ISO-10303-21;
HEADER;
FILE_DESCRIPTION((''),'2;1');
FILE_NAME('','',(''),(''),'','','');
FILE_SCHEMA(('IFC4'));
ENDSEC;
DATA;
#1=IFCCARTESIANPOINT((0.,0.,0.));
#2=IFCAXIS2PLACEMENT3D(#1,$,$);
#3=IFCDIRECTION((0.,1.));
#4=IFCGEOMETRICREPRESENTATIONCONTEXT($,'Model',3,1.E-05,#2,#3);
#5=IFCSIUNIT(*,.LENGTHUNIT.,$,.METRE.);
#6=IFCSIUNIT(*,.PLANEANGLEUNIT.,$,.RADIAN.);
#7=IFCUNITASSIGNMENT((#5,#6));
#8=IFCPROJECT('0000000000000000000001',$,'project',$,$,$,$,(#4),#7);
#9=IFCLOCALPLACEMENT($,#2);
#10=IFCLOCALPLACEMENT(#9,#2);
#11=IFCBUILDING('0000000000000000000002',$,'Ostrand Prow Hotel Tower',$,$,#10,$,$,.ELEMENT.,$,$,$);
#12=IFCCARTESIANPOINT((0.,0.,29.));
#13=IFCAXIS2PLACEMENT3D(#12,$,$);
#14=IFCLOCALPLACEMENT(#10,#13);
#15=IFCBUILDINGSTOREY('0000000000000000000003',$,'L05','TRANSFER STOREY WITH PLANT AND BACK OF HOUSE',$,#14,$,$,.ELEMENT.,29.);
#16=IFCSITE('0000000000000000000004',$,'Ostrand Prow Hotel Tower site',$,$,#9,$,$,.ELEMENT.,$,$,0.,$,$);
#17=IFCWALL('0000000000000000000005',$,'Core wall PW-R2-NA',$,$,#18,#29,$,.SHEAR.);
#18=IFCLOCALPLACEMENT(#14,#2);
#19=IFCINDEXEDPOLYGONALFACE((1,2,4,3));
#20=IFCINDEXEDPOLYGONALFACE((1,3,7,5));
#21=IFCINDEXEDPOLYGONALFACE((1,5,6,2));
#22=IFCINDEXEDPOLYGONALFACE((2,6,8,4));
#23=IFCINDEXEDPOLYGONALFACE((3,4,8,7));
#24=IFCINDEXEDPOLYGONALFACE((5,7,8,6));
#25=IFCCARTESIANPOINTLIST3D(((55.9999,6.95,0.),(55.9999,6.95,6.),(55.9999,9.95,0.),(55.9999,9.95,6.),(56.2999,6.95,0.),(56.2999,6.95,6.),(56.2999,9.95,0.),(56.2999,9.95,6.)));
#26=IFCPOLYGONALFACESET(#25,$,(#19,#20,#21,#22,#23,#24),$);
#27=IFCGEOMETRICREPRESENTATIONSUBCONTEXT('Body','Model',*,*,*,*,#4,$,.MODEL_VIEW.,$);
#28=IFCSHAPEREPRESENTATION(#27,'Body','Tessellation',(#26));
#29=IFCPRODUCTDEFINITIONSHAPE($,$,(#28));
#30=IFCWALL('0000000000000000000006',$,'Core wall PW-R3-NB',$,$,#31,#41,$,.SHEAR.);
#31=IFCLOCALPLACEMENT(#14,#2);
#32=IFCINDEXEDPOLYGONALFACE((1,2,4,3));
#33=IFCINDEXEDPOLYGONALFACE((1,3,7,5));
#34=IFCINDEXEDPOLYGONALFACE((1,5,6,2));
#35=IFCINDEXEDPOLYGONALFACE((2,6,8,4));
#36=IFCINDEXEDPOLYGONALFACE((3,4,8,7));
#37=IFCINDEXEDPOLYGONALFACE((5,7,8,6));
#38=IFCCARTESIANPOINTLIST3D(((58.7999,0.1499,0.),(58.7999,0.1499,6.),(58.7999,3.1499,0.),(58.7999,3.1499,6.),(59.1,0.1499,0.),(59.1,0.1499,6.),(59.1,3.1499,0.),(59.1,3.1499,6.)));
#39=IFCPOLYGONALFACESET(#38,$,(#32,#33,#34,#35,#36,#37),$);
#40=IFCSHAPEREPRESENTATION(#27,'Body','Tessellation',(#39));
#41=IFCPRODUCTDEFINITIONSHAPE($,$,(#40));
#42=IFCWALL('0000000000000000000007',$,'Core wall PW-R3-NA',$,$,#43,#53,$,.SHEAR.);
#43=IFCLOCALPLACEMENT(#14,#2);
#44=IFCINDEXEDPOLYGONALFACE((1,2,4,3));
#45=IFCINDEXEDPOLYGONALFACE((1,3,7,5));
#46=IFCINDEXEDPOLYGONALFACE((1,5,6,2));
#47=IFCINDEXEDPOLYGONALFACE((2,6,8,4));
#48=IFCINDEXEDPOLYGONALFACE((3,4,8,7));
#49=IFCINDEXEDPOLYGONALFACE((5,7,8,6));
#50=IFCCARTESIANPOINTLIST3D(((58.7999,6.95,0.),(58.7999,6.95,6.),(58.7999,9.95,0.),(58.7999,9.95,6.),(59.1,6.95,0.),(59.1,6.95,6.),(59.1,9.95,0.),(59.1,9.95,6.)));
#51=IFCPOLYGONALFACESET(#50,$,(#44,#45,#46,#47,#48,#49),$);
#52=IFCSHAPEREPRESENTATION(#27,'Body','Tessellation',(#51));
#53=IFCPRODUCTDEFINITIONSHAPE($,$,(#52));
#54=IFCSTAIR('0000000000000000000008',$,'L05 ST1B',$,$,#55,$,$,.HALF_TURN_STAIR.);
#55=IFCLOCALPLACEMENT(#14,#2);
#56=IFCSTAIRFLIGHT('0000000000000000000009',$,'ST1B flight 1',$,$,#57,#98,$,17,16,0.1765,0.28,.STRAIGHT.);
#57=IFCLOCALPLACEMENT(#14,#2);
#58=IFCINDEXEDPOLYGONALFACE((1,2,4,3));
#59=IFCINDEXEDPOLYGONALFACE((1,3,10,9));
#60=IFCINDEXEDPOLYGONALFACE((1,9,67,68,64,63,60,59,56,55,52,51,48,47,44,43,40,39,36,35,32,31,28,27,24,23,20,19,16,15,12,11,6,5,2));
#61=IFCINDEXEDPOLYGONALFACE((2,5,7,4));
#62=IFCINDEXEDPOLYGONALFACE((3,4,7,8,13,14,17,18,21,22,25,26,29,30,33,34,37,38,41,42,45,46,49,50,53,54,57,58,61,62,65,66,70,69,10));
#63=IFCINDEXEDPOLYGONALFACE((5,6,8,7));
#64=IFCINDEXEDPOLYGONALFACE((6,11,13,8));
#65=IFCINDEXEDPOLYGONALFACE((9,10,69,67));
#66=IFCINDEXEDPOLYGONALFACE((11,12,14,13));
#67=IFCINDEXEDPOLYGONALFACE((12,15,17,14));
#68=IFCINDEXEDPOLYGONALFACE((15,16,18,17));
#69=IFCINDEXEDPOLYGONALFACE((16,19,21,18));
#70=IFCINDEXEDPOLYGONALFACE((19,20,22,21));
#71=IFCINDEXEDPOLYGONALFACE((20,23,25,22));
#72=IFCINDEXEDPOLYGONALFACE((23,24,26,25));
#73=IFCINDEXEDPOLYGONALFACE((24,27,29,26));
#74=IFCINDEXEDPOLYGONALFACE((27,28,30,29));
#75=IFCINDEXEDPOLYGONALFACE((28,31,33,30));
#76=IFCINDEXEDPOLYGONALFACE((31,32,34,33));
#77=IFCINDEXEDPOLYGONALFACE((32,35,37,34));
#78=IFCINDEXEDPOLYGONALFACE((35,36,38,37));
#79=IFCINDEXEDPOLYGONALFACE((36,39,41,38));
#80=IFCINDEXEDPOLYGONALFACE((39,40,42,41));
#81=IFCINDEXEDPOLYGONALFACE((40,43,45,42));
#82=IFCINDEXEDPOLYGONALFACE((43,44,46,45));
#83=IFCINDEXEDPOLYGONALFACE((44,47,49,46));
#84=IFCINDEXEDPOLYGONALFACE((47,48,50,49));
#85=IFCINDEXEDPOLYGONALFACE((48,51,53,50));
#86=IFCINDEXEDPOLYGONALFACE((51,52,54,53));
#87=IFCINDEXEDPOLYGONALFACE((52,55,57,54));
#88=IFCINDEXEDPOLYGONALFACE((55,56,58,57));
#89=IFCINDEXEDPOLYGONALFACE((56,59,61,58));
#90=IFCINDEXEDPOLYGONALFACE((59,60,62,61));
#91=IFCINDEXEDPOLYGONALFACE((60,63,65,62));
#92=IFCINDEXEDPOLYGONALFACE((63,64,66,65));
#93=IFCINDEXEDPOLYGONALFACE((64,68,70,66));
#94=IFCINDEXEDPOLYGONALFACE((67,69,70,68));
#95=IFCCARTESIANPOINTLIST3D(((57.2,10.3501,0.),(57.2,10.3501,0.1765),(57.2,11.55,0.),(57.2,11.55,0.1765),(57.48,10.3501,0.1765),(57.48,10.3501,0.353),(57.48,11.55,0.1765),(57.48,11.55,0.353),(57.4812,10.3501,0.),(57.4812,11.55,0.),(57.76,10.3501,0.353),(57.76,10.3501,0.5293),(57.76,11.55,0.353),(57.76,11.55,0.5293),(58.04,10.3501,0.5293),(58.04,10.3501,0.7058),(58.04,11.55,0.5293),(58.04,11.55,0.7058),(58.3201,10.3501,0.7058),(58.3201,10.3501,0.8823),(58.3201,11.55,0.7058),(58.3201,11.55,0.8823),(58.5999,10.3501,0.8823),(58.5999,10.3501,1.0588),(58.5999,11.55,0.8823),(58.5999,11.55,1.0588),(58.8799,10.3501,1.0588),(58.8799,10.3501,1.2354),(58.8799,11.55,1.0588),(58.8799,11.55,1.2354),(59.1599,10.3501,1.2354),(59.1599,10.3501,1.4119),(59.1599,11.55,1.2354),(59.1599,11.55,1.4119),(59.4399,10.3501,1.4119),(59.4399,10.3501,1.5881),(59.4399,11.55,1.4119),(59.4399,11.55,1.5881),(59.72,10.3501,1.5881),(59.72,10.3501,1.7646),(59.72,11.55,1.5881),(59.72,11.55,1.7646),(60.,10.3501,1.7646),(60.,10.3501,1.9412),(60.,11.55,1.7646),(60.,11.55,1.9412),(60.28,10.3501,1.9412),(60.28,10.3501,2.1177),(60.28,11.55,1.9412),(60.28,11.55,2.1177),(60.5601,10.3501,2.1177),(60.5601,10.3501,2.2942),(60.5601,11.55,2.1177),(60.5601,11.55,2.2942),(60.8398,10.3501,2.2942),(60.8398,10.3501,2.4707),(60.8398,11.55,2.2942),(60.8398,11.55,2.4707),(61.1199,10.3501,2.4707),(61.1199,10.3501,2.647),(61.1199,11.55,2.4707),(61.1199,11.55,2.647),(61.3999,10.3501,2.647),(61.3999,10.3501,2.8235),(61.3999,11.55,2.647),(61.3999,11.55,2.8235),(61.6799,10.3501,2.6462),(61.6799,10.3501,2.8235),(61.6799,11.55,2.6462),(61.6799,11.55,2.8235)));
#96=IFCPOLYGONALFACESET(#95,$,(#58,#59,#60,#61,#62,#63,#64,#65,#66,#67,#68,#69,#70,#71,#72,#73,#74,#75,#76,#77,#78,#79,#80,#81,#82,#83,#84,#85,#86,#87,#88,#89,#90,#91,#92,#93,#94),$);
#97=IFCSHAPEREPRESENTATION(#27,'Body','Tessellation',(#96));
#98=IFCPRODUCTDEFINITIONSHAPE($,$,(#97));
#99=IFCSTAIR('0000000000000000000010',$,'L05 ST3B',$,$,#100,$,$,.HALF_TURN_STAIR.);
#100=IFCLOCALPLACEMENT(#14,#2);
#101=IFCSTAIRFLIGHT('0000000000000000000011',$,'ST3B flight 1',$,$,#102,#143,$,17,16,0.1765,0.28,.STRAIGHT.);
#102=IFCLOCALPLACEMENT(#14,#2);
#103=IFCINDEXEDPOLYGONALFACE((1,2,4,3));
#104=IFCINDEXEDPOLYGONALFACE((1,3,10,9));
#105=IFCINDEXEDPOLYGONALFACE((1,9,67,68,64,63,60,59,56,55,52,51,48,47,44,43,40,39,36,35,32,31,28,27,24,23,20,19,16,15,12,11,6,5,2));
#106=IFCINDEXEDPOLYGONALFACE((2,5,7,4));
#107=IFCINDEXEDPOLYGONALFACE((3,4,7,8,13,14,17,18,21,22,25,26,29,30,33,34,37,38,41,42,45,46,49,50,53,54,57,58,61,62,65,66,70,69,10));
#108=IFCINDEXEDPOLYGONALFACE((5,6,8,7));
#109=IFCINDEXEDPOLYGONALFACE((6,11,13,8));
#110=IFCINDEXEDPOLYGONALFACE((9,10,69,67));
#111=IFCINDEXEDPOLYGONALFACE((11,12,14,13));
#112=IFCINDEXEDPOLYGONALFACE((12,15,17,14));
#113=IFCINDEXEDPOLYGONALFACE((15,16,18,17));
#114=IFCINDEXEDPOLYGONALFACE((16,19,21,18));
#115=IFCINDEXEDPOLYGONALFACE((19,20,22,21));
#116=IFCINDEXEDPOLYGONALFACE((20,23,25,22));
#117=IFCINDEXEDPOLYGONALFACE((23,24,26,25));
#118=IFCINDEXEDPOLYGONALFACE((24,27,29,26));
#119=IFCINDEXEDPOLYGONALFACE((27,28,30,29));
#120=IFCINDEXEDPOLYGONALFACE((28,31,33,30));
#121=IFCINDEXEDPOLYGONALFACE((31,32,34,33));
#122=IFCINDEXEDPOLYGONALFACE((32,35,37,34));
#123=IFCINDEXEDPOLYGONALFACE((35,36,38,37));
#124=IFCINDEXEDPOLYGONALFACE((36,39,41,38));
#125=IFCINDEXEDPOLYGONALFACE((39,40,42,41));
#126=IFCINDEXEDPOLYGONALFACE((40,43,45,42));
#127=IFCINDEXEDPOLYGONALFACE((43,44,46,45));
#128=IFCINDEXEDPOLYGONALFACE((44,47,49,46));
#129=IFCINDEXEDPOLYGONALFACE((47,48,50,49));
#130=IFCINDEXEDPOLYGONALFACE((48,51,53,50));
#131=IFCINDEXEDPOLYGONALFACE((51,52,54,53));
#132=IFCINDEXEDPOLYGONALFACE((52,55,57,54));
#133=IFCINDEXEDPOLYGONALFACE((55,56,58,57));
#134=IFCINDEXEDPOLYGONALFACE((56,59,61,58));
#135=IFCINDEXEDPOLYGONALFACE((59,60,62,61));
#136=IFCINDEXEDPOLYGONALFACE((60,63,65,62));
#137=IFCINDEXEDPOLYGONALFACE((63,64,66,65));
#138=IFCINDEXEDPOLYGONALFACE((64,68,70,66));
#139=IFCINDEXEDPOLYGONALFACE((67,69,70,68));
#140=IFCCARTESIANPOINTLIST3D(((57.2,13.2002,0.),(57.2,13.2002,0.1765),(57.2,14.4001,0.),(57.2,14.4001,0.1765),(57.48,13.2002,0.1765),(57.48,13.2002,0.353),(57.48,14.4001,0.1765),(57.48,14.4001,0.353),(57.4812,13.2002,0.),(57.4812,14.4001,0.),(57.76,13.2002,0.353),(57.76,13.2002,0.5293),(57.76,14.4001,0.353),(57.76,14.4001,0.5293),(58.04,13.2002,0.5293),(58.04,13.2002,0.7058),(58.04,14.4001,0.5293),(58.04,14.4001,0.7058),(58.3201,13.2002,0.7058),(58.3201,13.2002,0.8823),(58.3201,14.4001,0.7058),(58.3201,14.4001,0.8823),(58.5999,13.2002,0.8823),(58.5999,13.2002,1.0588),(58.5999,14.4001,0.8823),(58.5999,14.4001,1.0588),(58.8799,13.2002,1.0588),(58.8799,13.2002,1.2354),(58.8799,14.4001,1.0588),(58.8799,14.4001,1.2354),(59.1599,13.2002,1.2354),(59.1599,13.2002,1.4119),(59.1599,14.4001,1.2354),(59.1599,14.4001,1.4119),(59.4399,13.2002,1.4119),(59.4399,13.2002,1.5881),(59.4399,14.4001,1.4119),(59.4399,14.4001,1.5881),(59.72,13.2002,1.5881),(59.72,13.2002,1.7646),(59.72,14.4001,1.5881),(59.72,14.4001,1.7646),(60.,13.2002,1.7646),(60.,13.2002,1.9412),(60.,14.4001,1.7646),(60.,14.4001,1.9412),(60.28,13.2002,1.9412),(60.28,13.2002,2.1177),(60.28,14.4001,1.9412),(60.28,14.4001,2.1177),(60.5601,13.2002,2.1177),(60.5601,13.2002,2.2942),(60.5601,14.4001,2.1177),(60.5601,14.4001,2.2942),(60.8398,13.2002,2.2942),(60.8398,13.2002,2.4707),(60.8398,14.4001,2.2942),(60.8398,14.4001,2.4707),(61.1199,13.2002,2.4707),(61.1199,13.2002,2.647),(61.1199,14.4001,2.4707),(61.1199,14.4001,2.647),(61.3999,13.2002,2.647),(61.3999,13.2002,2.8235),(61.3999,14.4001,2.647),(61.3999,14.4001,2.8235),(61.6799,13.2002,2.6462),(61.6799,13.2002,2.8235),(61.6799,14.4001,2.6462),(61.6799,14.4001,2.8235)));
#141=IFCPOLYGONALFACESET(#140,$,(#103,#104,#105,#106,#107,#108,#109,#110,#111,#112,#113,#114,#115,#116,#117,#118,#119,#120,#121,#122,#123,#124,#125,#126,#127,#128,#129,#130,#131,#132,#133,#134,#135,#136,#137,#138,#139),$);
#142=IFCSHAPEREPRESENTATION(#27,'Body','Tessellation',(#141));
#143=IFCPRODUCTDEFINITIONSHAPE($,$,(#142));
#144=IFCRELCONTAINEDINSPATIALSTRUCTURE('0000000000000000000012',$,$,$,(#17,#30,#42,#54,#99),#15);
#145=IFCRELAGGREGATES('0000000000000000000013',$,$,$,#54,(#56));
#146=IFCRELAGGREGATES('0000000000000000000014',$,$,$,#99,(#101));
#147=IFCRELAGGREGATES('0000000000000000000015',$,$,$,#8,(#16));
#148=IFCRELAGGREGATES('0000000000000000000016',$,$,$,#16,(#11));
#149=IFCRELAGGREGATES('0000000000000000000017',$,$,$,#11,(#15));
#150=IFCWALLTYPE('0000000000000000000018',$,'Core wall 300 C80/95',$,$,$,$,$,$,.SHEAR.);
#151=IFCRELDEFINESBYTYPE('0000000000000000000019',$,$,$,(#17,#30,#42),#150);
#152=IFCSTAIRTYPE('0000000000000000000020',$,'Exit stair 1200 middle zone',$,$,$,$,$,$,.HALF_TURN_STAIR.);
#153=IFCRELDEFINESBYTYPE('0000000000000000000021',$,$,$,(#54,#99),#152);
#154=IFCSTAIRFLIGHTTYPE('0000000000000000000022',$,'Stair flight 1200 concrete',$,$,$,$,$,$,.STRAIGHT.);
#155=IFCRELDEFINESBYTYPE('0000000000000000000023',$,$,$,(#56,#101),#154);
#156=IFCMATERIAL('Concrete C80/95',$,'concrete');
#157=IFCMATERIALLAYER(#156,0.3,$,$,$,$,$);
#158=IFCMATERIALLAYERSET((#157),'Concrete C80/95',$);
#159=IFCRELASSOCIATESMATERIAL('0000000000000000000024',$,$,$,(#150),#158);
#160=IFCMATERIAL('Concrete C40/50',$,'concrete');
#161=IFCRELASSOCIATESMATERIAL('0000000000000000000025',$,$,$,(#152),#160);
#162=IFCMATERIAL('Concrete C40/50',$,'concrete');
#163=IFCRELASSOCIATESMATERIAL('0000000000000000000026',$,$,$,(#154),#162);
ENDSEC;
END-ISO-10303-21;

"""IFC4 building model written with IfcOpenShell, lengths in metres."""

from ifc_helpers import new_model, si_unit, direction, frame, frame_2d, origin, place, context, subcontext, project, spatial, polyline, rectangle, outline, extrude, material, layer, layer_set, type_object, element, aggregate, save


model = new_model("IFC4")

# Units and contexts
model_context = context("Model", 3, precision=1e-05, world=origin(), true_north=direction((0.0, 1.0)))
body_context = subcontext(model_context, "Body", "Model", "MODEL_VIEW")
ifc_project = project(units=[si_unit("LENGTHUNIT", "METRE"), si_unit("PLANEANGLEUNIT", "RADIAN")], contexts=[model_context])

# Site, building, storey
site_placement = place(None, origin())
site = spatial("IfcSite", under=ifc_project, at=site_placement, Name="Ostrand Prow Hotel Tower site", CompositionType="ELEMENT", RefElevation=0.0)
building_placement = place(site_placement, origin())
building = spatial("IfcBuilding", under=site, at=building_placement, Name="Ostrand Prow Hotel Tower", CompositionType="ELEMENT")
storey_placement = place(building_placement, frame((0.0, 0.0, 29.0)))
storey = spatial("IfcBuildingStorey", under=building, at=storey_placement, Name="L05", Description="TRANSFER STOREY WITH PLANT AND BACK OF HOUSE", CompositionType="ELEMENT", Elevation=29.0)

# Walls
ifc_material_1 = material(Name="Concrete C80/95", Category="concrete")
ifc_layer = layer(ifc_material_1, 0.3)
ifc_layer_set = layer_set([ifc_layer], Name="Concrete C80/95")
wall_type = type_object("IfcWallType", Name="Core wall 300 C80/95", PredefinedType="SHEAR", material=ifc_layer_set)
for number, where, z_axis, x_axis, name in (
    (1, (56.1499, 6.95, 0.0), (0.0, 0.0, 1.0), (0.0, 1.0, 0.0), "Core wall PW-R2-NA"),
    (2, (58.95, 0.1499, 0.0), (0.0, 0.0, 1.0), (0.0, 1.0, 0.0), "Core wall PW-R3-NB"),
    (3, (58.95, 6.95, 0.0), (0.0, 0.0, 1.0), (0.0, 1.0, 0.0), "Core wall PW-R3-NA"),
):
    element("IfcWall", number, at=place(storey_placement, frame(where, z_axis=z_axis, x_axis=x_axis)), inside=storey, type_object=wall_type, Name=name, PredefinedType="SHEAR", context=body_context, shape_type="SweptSolid", body=[
        extrude(rectangle(XDim=3.0, YDim=0.3, at=frame_2d((1.5, 0.0))), origin(), (0.0, 0.0, 1.0), 6.0),
    ])

# Stairs, stair flights
ifc_material_2 = material(Name="Concrete C40/50", Category="concrete")
stair_type = type_object("IfcStairType", Name="Exit stair 1200 middle zone", PredefinedType="HALF_TURN_STAIR", material=ifc_material_2)
stair_1_placement = place(storey_placement, origin())
stair_1 = element("IfcStair", 4, at=stair_1_placement, inside=storey, type_object=stair_type, Name="L05 ST1B", PredefinedType="HALF_TURN_STAIR")
ifc_material_3 = material(Name="Concrete C40/50", Category="concrete")
stair_flight_type = type_object("IfcStairFlightType", Name="Stair flight 1200 concrete", PredefinedType="STRAIGHT", material=ifc_material_3)
stair_flight_1_placement = place(storey_placement, frame((57.2, 10.95, 0.0), z_axis=(0.0, 0.0, 1.0), x_axis=(1.0, 0.0, 0.0)))
stair_flight_1 = element("IfcStairFlight", 5, at=stair_flight_1_placement, type_object=stair_flight_type, Name="ST1B flight 1", NumberOfRisers=17, NumberOfTreads=16, PredefinedType="STRAIGHT", RiserHeight=0.1765, TreadLength=0.28, context=body_context, shape_type="SweptSolid", body=[
    extrude(outline(polyline([(0.0, 0.0), (0.0, 0.1765), (0.28, 0.1765), (0.28, 0.353), (0.5601, 0.353), (0.5601, 0.5293), (0.8401, 0.5293), (0.8401, 0.7058), (1.1201, 0.7058), (1.1201, 0.8823), (1.3999, 0.8823), (1.3999, 1.0588), (1.6799, 1.0588), (1.6799, 1.2354), (1.96, 1.2354), (1.96, 1.4119), (2.24, 1.4119), (2.24, 1.5881), (2.52, 1.5881), (2.52, 1.7646), (2.8, 1.7646), (2.8, 1.9412), (3.0801, 1.9412), (3.0801, 2.1177), (3.3601, 2.1177), (3.3601, 2.2942), (3.6399, 2.2942), (3.6399, 2.4707), (3.9199, 2.4707), (3.9199, 2.647), (4.2, 2.647), (4.2, 2.8235), (4.48, 2.8235), (4.48, 3.0), (4.48, 2.6462), (0.2812, 0.0), (0.0, 0.0)])), frame((0.0, 0.6001, 0.0), z_axis=(0.0, -1.0, 0.0), x_axis=(1.0, 0.0, 0.0)), (0.0, 0.0, 1.0), 1.2),
])
aggregate(stair_1, [stair_flight_1])
stair_2_placement = place(storey_placement, origin())
stair_2 = element("IfcStair", 6, at=stair_2_placement, inside=storey, type_object=stair_type, Name="L05 ST3B", PredefinedType="HALF_TURN_STAIR")
stair_flight_2_placement = place(storey_placement, frame((57.2, 13.8, 0.0), z_axis=(0.0, 0.0, 1.0), x_axis=(1.0, 0.0, 0.0)))
stair_flight_2 = element("IfcStairFlight", 7, at=stair_flight_2_placement, type_object=stair_flight_type, Name="ST3B flight 1", NumberOfRisers=17, NumberOfTreads=16, PredefinedType="STRAIGHT", RiserHeight=0.1765, TreadLength=0.28, context=body_context, shape_type="SweptSolid", body=[
    extrude(outline(polyline([(0.0, 0.0), (0.0, 0.1765), (0.28, 0.1765), (0.28, 0.353), (0.5601, 0.353), (0.5601, 0.5293), (0.8401, 0.5293), (0.8401, 0.7058), (1.1201, 0.7058), (1.1201, 0.8823), (1.3999, 0.8823), (1.3999, 1.0588), (1.6799, 1.0588), (1.6799, 1.2354), (1.96, 1.2354), (1.96, 1.4119), (2.24, 1.4119), (2.24, 1.5881), (2.52, 1.5881), (2.52, 1.7646), (2.8, 1.7646), (2.8, 1.9412), (3.0801, 1.9412), (3.0801, 2.1177), (3.3601, 2.1177), (3.3601, 2.2942), (3.6399, 2.2942), (3.6399, 2.4707), (3.9199, 2.4707), (3.9199, 2.647), (4.2, 2.647), (4.2, 2.8235), (4.48, 2.8235), (4.48, 3.0), (4.48, 2.6462), (0.2812, 0.0), (0.0, 0.0)])), frame((0.0, 0.6001, 0.0), z_axis=(0.0, -1.0, 0.0), x_axis=(1.0, 0.0, 0.0)), (0.0, 0.0, 1.0), 1.2),
])
aggregate(stair_2, [stair_flight_2])

save(model, "model.ifc")
